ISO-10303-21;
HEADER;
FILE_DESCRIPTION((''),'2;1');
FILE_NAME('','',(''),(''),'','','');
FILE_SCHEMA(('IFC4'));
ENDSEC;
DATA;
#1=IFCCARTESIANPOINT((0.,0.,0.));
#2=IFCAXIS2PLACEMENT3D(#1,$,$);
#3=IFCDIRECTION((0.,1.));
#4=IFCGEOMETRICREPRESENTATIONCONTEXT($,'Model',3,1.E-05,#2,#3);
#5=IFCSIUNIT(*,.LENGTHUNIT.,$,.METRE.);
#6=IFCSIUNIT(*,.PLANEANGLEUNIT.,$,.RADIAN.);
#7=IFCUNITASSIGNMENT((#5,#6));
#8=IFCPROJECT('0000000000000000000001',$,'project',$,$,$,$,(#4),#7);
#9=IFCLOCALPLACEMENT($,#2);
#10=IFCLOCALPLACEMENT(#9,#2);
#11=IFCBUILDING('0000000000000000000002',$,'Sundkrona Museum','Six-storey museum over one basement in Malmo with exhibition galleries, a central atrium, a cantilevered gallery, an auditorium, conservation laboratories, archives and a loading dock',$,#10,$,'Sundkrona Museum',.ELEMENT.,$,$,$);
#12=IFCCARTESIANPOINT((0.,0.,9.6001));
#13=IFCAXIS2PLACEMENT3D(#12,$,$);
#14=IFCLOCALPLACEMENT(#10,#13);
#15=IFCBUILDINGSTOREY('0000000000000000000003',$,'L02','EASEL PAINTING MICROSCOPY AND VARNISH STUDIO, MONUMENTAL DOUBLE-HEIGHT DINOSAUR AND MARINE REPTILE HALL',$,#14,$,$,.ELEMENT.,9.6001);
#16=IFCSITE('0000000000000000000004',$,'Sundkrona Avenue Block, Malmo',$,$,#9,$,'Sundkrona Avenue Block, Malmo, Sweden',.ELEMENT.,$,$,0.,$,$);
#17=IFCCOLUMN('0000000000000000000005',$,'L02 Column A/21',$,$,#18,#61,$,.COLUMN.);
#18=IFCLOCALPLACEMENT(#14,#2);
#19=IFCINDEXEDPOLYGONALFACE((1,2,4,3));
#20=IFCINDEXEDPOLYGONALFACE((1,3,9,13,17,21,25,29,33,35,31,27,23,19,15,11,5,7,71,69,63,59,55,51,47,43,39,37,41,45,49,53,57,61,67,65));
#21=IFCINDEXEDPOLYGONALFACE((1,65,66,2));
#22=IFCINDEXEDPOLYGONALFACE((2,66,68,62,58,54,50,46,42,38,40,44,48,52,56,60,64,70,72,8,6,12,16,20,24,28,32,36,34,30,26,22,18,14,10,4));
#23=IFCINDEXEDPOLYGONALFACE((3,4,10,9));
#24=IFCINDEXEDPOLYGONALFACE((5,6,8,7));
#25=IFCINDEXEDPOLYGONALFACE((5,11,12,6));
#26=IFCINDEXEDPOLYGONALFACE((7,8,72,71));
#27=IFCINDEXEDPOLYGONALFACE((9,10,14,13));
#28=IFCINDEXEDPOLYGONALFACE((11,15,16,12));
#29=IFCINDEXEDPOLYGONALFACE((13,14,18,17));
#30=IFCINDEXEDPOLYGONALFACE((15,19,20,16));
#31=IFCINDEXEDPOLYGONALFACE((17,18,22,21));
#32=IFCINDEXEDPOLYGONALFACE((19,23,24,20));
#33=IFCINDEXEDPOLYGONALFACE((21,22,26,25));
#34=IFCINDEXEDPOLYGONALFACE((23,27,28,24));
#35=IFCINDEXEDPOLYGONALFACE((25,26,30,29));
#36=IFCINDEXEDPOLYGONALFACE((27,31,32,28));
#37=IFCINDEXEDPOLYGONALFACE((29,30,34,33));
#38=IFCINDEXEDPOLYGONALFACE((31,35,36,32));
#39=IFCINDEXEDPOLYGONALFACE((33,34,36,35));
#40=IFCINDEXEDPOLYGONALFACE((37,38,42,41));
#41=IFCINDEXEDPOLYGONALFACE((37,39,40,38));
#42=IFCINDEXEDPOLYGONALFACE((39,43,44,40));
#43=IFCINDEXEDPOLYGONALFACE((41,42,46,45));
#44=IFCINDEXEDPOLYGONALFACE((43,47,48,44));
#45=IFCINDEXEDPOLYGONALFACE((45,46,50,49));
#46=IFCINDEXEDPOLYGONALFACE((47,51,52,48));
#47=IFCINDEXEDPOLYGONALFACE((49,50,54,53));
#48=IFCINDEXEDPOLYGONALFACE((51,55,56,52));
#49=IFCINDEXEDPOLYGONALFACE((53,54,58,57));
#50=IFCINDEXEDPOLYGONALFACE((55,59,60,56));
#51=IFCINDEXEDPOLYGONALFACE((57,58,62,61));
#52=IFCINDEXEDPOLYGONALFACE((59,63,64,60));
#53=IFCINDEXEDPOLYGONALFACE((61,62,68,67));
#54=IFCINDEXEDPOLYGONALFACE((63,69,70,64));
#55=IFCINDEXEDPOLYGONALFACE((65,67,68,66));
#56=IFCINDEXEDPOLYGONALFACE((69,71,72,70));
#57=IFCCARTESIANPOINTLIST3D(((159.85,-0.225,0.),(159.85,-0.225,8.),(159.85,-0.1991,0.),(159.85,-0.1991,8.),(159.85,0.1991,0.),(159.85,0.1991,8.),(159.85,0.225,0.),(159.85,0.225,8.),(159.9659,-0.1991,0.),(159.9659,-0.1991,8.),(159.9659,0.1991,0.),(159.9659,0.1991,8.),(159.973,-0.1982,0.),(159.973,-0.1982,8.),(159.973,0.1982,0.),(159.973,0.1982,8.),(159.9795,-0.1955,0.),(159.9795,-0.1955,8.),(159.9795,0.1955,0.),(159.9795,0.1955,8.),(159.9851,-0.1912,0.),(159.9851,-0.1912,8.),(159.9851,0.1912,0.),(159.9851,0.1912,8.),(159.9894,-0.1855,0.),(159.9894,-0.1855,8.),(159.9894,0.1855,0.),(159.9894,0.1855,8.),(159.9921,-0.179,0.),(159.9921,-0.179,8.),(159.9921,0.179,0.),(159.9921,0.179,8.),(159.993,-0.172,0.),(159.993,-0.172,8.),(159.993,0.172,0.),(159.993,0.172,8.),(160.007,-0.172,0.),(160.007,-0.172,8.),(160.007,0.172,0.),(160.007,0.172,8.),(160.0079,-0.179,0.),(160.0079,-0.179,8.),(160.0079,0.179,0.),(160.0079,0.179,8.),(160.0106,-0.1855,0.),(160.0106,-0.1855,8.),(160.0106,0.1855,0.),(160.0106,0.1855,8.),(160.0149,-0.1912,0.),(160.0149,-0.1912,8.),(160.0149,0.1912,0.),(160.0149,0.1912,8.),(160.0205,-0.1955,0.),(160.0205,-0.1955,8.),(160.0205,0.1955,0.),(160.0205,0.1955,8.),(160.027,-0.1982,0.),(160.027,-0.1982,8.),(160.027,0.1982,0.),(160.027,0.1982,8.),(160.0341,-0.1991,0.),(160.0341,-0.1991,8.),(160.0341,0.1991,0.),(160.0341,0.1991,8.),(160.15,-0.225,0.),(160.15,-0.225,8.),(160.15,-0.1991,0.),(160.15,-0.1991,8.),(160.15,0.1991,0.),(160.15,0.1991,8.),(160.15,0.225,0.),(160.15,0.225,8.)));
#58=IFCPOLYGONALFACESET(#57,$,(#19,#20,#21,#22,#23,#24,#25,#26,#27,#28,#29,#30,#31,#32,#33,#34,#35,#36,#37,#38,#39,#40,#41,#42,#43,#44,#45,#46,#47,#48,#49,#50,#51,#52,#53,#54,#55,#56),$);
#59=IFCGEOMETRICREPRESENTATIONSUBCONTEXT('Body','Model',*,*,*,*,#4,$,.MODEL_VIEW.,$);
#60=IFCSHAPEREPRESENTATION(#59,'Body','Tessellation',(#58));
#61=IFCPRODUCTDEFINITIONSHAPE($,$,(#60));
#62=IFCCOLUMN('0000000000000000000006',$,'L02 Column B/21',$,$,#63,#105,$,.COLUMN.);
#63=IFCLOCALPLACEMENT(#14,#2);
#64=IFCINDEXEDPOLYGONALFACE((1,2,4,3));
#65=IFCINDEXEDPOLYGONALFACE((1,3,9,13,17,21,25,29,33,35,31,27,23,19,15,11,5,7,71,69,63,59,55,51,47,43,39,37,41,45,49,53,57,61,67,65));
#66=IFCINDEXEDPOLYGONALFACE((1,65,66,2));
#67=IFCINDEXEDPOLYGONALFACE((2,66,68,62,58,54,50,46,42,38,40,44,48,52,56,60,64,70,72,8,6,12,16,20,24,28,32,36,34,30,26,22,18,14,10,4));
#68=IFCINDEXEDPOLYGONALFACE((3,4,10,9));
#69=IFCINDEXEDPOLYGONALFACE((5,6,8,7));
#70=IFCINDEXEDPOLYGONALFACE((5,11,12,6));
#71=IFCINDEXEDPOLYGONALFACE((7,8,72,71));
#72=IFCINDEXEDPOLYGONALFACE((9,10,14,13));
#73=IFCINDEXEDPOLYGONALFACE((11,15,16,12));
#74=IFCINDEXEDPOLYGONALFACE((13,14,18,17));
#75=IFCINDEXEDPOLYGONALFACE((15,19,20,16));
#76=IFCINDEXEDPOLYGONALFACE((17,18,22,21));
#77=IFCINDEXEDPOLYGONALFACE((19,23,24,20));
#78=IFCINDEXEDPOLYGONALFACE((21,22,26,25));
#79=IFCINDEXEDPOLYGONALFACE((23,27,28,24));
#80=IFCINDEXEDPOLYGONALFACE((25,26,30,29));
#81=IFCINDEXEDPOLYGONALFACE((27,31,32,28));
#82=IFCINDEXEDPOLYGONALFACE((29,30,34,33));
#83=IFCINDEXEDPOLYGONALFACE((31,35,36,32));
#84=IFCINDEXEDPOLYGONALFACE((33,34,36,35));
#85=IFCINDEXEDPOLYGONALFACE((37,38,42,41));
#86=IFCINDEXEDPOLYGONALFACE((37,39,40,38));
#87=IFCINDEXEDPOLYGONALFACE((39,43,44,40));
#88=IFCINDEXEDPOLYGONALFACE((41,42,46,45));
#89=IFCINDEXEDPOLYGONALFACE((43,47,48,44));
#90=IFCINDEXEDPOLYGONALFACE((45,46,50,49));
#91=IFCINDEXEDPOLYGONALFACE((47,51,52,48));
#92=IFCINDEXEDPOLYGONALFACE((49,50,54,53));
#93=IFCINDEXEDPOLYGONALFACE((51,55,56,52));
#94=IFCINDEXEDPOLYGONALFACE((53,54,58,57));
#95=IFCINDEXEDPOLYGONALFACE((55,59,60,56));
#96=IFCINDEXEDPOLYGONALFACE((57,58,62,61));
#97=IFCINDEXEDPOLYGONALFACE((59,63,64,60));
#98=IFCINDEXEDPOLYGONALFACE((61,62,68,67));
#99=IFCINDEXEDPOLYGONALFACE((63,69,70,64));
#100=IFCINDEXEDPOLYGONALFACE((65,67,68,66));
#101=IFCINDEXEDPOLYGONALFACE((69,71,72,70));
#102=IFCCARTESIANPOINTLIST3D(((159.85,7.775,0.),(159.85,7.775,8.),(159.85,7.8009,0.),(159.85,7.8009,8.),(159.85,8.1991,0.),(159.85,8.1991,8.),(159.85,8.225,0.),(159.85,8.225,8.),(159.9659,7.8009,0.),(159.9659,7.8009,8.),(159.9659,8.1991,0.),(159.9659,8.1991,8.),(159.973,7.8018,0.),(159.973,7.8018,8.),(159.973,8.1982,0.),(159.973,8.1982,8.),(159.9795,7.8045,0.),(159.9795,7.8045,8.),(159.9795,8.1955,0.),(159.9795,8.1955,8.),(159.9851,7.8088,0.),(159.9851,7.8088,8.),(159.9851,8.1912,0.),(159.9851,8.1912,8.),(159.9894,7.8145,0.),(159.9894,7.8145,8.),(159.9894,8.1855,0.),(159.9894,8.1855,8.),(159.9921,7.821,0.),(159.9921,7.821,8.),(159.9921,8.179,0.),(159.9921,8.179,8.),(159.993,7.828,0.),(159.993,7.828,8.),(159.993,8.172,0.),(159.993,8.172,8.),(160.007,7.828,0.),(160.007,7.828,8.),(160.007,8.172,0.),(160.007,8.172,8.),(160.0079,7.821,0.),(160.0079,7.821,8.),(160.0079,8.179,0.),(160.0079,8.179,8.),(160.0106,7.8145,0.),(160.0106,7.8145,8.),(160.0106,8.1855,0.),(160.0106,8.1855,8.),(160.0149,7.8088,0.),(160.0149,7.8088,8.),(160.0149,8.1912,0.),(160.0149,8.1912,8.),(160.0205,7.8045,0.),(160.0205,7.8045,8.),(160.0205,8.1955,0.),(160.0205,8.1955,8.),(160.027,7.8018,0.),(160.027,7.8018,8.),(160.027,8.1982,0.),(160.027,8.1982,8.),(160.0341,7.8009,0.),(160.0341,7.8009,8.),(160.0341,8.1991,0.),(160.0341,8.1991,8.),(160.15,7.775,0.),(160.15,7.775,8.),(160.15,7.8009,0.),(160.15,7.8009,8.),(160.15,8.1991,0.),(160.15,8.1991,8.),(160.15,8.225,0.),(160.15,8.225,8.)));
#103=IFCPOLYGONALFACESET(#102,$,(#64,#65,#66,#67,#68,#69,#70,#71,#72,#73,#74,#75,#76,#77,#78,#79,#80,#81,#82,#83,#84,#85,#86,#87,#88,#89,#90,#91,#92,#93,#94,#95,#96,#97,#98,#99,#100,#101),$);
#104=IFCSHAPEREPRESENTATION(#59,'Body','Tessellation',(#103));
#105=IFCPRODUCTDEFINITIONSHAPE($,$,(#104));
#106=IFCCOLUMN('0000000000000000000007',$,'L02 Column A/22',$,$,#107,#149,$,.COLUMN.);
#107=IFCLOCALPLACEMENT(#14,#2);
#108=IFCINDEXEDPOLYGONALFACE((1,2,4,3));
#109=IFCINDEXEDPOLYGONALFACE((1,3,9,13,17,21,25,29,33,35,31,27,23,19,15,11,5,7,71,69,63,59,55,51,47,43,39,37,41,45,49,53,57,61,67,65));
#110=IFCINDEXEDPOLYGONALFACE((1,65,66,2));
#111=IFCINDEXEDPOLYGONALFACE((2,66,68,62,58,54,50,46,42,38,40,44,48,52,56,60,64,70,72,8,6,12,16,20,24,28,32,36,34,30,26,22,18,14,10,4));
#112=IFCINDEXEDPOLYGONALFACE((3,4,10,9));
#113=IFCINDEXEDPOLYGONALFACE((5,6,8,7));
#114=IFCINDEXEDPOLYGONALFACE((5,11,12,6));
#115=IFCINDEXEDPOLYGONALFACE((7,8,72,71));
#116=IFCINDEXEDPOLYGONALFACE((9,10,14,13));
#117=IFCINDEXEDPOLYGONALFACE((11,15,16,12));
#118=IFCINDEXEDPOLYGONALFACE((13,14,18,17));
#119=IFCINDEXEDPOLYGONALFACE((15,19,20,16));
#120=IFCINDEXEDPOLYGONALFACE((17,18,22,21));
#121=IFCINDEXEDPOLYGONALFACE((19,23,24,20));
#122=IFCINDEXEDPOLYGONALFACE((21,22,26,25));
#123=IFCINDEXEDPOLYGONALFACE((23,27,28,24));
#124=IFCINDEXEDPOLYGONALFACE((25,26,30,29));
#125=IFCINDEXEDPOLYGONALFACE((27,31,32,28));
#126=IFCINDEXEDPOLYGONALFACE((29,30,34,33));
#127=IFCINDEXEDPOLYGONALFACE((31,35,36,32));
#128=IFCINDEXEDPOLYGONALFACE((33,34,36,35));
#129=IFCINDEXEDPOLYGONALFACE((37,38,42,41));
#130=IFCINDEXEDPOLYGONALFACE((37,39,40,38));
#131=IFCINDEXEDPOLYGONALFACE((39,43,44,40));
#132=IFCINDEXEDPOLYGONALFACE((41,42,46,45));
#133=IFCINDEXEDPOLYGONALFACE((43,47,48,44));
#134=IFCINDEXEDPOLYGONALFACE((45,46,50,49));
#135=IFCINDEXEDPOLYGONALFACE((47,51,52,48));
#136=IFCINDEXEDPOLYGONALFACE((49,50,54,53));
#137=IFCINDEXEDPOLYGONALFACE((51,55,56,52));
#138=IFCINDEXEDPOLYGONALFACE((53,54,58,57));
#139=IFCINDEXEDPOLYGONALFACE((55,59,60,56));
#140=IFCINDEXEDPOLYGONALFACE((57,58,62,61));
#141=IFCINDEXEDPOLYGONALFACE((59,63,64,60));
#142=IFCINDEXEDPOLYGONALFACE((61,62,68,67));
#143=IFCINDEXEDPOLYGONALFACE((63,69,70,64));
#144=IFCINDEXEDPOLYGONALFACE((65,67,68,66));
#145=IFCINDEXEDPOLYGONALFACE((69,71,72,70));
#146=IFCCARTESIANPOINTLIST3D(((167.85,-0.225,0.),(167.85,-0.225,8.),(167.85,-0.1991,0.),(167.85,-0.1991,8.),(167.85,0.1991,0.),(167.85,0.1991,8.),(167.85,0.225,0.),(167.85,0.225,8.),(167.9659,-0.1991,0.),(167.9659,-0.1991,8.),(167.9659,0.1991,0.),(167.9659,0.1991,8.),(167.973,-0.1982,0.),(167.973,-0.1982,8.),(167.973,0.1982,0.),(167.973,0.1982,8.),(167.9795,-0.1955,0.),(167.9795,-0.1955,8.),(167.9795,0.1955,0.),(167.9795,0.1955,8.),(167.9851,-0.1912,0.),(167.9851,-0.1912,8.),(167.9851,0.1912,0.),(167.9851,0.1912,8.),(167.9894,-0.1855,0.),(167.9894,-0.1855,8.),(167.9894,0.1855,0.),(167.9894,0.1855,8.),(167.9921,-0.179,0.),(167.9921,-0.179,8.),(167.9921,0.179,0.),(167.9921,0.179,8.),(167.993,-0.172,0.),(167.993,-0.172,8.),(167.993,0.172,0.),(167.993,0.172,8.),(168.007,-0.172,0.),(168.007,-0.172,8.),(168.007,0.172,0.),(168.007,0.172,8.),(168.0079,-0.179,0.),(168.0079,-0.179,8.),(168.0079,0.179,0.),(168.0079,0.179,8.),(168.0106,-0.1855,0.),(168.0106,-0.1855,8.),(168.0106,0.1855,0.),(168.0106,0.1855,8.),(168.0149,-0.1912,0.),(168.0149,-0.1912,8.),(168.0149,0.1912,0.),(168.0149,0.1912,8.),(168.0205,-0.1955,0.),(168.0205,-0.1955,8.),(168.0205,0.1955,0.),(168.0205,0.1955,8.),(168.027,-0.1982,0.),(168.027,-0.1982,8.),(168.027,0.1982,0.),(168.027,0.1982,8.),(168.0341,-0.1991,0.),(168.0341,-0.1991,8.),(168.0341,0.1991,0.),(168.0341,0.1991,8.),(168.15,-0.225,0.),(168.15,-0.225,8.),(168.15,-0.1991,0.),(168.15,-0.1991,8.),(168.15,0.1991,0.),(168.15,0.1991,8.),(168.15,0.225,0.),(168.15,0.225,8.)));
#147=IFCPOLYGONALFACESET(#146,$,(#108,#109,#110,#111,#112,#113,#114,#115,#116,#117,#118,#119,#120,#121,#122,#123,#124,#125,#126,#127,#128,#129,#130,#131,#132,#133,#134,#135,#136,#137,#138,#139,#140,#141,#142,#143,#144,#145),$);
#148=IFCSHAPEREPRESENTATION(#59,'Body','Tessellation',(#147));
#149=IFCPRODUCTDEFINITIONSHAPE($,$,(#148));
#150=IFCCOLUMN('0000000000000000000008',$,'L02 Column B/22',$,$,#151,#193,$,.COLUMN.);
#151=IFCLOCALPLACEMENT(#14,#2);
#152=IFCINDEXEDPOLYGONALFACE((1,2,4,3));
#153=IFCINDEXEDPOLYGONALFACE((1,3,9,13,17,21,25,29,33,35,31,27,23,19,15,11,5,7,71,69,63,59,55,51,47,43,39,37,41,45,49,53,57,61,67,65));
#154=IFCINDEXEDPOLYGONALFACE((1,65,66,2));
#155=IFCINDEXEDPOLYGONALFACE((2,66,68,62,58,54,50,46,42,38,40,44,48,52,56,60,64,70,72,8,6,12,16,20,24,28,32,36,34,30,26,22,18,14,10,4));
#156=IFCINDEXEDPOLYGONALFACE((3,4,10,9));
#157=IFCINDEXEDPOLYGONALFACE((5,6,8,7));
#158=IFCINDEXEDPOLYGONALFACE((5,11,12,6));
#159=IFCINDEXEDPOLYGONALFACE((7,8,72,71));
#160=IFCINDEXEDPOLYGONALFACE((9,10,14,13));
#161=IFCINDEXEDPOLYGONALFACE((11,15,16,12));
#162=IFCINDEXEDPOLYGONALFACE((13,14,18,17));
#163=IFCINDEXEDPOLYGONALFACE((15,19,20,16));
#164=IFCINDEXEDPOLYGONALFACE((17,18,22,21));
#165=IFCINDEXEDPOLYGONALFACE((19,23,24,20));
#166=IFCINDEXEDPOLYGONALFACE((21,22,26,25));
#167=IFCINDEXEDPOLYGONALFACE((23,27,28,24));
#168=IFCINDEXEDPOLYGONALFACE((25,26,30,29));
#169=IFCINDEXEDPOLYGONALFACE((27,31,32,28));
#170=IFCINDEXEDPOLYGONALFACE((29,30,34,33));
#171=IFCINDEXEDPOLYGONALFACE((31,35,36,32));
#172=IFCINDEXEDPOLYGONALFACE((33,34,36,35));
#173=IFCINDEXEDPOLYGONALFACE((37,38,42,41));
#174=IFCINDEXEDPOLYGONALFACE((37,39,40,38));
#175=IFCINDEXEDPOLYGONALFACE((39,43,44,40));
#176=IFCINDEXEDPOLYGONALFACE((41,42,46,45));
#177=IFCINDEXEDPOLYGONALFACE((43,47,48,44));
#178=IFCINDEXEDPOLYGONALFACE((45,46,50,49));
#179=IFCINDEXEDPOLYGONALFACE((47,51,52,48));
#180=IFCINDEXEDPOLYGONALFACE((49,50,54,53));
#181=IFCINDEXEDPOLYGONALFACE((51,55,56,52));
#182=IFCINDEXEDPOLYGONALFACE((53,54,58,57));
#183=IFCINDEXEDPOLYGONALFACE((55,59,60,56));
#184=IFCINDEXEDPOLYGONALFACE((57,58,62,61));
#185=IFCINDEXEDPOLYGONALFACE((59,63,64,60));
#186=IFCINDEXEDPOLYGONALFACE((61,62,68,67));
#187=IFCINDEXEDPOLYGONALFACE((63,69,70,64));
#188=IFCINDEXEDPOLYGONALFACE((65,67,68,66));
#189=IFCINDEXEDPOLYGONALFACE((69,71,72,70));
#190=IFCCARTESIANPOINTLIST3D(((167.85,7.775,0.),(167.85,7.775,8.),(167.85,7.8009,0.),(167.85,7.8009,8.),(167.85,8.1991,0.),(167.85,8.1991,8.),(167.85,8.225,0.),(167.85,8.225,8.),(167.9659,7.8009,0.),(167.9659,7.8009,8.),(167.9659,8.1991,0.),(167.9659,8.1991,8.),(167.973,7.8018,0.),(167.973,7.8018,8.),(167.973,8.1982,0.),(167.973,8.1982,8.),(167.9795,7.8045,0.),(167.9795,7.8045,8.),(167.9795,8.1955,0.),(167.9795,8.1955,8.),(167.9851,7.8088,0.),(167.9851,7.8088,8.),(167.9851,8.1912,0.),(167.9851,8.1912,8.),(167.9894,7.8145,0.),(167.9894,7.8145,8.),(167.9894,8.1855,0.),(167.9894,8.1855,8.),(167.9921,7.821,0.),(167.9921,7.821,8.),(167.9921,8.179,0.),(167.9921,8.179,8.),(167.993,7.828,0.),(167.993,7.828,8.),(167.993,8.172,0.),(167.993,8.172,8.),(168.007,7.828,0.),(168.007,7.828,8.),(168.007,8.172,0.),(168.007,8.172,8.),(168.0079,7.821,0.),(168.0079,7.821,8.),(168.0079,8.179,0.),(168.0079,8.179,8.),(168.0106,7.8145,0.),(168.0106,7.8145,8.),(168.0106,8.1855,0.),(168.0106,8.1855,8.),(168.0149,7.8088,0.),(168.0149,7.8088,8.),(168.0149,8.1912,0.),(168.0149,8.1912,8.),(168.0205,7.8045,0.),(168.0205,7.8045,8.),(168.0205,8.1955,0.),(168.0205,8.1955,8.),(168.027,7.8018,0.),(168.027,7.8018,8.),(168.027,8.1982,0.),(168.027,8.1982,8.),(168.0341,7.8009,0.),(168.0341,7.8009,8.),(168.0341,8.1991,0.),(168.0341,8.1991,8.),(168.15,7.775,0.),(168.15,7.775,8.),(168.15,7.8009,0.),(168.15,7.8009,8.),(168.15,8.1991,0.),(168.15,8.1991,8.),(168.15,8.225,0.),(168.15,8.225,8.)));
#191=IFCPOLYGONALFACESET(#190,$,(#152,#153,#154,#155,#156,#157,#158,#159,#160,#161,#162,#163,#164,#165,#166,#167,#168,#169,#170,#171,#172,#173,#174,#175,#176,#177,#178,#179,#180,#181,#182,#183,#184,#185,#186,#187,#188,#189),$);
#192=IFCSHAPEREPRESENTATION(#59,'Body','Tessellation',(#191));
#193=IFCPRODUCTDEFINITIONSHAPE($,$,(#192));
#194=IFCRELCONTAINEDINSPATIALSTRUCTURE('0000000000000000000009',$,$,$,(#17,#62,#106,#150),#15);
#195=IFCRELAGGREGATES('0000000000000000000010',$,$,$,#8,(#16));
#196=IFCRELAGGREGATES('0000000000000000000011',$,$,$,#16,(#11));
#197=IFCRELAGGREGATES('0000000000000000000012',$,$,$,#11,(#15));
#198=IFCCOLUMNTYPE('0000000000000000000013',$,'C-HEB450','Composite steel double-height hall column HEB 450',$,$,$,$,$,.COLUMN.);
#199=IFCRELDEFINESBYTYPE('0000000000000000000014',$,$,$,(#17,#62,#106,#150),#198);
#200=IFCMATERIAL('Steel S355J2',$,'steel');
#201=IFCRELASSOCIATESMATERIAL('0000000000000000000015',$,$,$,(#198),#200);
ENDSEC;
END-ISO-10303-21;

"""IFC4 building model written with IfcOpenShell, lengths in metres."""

from ifc_helpers import new_model, si_unit, direction, frame, origin, origin_2d, place, context, subcontext, project, spatial, i_section, extrude, material, material_profile, profile_set, type_object, element, save


model = new_model("IFC4")

# Units and contexts
model_context = context("Model", 3, precision=1e-05, world=origin(), true_north=direction((0.0, 1.0)))
body_context = subcontext(model_context, "Body", "Model", "MODEL_VIEW")
ifc_project = project(units=[si_unit("LENGTHUNIT", "METRE"), si_unit("PLANEANGLEUNIT", "RADIAN")], contexts=[model_context])

# Site, building, storey
site_placement = place(None, origin())
site = spatial("IfcSite", under=ifc_project, at=site_placement, Name="Sundkrona Avenue Block, Malmo", LongName="Sundkrona Avenue Block, Malmo, Sweden", CompositionType="ELEMENT", RefElevation=0.0)
building_placement = place(site_placement, origin())
building = spatial("IfcBuilding", under=site, at=building_placement, Name="Sundkrona Museum", Description="Six-storey museum over one basement in Malmo with exhibition galleries, a central atrium, a cantilevered gallery, an auditorium, conservation laboratories, archives and a loading dock", LongName="Sundkrona Museum", CompositionType="ELEMENT")
storey_placement = place(building_placement, frame((0.0, 0.0, 9.6001)))
storey = spatial("IfcBuildingStorey", under=building, at=storey_placement, Name="L02", Description="EASEL PAINTING MICROSCOPY AND VARNISH STUDIO, MONUMENTAL DOUBLE-HEIGHT DINOSAUR AND MARINE REPTILE HALL", CompositionType="ELEMENT", Elevation=9.6001)

# Columns
ifc_material_1 = material(Name="Steel S355J2", Category="steel")
ifc_material_profile_1 = material_profile(ifc_material_1, i_section(OverallWidth=0.3, OverallDepth=0.45, WebThickness=0.0139, FlangeThickness=0.0259, FilletRadius=0.0271, at=origin_2d()), Name="HEB 450")
ifc_profile_set_1 = profile_set([ifc_material_profile_1], Name="Steel S355J2")
column_type = type_object("IfcColumnType", Name="C-HEB450", Description="Composite steel double-height hall column HEB 450", PredefinedType="COLUMN", material=ifc_profile_set_1)
for number, where, z_axis, x_axis, name in (
    (1, (160.0, 0.0, 0.0), (0.0, 0.0, 1.0), (1.0, 0.0, 0.0), "L02 Column A/21"),
    (2, (160.0, 8.0, 0.0), (0.0, 0.0, 1.0), (1.0, 0.0, 0.0), "L02 Column B/21"),
    (3, (168.0, 0.0, 0.0), (0.0, 0.0, 1.0), (1.0, 0.0, 0.0), "L02 Column A/22"),
    (4, (168.0, 8.0, 0.0), (0.0, 0.0, 1.0), (1.0, 0.0, 0.0), "L02 Column B/22"),
):
    element("IfcColumn", number, at=place(storey_placement, frame(where, z_axis=z_axis, x_axis=x_axis)), inside=storey, type_object=column_type, Name=name, PredefinedType="COLUMN", context=body_context, shape_type="SweptSolid", body=[
        extrude(i_section(OverallWidth=0.3, OverallDepth=0.45, WebThickness=0.0139, FlangeThickness=0.0259, FilletRadius=0.0271, at=origin_2d()), origin(), (0.0, 0.0, 1.0), 8.0),
    ])

save(model, "model.ifc")
